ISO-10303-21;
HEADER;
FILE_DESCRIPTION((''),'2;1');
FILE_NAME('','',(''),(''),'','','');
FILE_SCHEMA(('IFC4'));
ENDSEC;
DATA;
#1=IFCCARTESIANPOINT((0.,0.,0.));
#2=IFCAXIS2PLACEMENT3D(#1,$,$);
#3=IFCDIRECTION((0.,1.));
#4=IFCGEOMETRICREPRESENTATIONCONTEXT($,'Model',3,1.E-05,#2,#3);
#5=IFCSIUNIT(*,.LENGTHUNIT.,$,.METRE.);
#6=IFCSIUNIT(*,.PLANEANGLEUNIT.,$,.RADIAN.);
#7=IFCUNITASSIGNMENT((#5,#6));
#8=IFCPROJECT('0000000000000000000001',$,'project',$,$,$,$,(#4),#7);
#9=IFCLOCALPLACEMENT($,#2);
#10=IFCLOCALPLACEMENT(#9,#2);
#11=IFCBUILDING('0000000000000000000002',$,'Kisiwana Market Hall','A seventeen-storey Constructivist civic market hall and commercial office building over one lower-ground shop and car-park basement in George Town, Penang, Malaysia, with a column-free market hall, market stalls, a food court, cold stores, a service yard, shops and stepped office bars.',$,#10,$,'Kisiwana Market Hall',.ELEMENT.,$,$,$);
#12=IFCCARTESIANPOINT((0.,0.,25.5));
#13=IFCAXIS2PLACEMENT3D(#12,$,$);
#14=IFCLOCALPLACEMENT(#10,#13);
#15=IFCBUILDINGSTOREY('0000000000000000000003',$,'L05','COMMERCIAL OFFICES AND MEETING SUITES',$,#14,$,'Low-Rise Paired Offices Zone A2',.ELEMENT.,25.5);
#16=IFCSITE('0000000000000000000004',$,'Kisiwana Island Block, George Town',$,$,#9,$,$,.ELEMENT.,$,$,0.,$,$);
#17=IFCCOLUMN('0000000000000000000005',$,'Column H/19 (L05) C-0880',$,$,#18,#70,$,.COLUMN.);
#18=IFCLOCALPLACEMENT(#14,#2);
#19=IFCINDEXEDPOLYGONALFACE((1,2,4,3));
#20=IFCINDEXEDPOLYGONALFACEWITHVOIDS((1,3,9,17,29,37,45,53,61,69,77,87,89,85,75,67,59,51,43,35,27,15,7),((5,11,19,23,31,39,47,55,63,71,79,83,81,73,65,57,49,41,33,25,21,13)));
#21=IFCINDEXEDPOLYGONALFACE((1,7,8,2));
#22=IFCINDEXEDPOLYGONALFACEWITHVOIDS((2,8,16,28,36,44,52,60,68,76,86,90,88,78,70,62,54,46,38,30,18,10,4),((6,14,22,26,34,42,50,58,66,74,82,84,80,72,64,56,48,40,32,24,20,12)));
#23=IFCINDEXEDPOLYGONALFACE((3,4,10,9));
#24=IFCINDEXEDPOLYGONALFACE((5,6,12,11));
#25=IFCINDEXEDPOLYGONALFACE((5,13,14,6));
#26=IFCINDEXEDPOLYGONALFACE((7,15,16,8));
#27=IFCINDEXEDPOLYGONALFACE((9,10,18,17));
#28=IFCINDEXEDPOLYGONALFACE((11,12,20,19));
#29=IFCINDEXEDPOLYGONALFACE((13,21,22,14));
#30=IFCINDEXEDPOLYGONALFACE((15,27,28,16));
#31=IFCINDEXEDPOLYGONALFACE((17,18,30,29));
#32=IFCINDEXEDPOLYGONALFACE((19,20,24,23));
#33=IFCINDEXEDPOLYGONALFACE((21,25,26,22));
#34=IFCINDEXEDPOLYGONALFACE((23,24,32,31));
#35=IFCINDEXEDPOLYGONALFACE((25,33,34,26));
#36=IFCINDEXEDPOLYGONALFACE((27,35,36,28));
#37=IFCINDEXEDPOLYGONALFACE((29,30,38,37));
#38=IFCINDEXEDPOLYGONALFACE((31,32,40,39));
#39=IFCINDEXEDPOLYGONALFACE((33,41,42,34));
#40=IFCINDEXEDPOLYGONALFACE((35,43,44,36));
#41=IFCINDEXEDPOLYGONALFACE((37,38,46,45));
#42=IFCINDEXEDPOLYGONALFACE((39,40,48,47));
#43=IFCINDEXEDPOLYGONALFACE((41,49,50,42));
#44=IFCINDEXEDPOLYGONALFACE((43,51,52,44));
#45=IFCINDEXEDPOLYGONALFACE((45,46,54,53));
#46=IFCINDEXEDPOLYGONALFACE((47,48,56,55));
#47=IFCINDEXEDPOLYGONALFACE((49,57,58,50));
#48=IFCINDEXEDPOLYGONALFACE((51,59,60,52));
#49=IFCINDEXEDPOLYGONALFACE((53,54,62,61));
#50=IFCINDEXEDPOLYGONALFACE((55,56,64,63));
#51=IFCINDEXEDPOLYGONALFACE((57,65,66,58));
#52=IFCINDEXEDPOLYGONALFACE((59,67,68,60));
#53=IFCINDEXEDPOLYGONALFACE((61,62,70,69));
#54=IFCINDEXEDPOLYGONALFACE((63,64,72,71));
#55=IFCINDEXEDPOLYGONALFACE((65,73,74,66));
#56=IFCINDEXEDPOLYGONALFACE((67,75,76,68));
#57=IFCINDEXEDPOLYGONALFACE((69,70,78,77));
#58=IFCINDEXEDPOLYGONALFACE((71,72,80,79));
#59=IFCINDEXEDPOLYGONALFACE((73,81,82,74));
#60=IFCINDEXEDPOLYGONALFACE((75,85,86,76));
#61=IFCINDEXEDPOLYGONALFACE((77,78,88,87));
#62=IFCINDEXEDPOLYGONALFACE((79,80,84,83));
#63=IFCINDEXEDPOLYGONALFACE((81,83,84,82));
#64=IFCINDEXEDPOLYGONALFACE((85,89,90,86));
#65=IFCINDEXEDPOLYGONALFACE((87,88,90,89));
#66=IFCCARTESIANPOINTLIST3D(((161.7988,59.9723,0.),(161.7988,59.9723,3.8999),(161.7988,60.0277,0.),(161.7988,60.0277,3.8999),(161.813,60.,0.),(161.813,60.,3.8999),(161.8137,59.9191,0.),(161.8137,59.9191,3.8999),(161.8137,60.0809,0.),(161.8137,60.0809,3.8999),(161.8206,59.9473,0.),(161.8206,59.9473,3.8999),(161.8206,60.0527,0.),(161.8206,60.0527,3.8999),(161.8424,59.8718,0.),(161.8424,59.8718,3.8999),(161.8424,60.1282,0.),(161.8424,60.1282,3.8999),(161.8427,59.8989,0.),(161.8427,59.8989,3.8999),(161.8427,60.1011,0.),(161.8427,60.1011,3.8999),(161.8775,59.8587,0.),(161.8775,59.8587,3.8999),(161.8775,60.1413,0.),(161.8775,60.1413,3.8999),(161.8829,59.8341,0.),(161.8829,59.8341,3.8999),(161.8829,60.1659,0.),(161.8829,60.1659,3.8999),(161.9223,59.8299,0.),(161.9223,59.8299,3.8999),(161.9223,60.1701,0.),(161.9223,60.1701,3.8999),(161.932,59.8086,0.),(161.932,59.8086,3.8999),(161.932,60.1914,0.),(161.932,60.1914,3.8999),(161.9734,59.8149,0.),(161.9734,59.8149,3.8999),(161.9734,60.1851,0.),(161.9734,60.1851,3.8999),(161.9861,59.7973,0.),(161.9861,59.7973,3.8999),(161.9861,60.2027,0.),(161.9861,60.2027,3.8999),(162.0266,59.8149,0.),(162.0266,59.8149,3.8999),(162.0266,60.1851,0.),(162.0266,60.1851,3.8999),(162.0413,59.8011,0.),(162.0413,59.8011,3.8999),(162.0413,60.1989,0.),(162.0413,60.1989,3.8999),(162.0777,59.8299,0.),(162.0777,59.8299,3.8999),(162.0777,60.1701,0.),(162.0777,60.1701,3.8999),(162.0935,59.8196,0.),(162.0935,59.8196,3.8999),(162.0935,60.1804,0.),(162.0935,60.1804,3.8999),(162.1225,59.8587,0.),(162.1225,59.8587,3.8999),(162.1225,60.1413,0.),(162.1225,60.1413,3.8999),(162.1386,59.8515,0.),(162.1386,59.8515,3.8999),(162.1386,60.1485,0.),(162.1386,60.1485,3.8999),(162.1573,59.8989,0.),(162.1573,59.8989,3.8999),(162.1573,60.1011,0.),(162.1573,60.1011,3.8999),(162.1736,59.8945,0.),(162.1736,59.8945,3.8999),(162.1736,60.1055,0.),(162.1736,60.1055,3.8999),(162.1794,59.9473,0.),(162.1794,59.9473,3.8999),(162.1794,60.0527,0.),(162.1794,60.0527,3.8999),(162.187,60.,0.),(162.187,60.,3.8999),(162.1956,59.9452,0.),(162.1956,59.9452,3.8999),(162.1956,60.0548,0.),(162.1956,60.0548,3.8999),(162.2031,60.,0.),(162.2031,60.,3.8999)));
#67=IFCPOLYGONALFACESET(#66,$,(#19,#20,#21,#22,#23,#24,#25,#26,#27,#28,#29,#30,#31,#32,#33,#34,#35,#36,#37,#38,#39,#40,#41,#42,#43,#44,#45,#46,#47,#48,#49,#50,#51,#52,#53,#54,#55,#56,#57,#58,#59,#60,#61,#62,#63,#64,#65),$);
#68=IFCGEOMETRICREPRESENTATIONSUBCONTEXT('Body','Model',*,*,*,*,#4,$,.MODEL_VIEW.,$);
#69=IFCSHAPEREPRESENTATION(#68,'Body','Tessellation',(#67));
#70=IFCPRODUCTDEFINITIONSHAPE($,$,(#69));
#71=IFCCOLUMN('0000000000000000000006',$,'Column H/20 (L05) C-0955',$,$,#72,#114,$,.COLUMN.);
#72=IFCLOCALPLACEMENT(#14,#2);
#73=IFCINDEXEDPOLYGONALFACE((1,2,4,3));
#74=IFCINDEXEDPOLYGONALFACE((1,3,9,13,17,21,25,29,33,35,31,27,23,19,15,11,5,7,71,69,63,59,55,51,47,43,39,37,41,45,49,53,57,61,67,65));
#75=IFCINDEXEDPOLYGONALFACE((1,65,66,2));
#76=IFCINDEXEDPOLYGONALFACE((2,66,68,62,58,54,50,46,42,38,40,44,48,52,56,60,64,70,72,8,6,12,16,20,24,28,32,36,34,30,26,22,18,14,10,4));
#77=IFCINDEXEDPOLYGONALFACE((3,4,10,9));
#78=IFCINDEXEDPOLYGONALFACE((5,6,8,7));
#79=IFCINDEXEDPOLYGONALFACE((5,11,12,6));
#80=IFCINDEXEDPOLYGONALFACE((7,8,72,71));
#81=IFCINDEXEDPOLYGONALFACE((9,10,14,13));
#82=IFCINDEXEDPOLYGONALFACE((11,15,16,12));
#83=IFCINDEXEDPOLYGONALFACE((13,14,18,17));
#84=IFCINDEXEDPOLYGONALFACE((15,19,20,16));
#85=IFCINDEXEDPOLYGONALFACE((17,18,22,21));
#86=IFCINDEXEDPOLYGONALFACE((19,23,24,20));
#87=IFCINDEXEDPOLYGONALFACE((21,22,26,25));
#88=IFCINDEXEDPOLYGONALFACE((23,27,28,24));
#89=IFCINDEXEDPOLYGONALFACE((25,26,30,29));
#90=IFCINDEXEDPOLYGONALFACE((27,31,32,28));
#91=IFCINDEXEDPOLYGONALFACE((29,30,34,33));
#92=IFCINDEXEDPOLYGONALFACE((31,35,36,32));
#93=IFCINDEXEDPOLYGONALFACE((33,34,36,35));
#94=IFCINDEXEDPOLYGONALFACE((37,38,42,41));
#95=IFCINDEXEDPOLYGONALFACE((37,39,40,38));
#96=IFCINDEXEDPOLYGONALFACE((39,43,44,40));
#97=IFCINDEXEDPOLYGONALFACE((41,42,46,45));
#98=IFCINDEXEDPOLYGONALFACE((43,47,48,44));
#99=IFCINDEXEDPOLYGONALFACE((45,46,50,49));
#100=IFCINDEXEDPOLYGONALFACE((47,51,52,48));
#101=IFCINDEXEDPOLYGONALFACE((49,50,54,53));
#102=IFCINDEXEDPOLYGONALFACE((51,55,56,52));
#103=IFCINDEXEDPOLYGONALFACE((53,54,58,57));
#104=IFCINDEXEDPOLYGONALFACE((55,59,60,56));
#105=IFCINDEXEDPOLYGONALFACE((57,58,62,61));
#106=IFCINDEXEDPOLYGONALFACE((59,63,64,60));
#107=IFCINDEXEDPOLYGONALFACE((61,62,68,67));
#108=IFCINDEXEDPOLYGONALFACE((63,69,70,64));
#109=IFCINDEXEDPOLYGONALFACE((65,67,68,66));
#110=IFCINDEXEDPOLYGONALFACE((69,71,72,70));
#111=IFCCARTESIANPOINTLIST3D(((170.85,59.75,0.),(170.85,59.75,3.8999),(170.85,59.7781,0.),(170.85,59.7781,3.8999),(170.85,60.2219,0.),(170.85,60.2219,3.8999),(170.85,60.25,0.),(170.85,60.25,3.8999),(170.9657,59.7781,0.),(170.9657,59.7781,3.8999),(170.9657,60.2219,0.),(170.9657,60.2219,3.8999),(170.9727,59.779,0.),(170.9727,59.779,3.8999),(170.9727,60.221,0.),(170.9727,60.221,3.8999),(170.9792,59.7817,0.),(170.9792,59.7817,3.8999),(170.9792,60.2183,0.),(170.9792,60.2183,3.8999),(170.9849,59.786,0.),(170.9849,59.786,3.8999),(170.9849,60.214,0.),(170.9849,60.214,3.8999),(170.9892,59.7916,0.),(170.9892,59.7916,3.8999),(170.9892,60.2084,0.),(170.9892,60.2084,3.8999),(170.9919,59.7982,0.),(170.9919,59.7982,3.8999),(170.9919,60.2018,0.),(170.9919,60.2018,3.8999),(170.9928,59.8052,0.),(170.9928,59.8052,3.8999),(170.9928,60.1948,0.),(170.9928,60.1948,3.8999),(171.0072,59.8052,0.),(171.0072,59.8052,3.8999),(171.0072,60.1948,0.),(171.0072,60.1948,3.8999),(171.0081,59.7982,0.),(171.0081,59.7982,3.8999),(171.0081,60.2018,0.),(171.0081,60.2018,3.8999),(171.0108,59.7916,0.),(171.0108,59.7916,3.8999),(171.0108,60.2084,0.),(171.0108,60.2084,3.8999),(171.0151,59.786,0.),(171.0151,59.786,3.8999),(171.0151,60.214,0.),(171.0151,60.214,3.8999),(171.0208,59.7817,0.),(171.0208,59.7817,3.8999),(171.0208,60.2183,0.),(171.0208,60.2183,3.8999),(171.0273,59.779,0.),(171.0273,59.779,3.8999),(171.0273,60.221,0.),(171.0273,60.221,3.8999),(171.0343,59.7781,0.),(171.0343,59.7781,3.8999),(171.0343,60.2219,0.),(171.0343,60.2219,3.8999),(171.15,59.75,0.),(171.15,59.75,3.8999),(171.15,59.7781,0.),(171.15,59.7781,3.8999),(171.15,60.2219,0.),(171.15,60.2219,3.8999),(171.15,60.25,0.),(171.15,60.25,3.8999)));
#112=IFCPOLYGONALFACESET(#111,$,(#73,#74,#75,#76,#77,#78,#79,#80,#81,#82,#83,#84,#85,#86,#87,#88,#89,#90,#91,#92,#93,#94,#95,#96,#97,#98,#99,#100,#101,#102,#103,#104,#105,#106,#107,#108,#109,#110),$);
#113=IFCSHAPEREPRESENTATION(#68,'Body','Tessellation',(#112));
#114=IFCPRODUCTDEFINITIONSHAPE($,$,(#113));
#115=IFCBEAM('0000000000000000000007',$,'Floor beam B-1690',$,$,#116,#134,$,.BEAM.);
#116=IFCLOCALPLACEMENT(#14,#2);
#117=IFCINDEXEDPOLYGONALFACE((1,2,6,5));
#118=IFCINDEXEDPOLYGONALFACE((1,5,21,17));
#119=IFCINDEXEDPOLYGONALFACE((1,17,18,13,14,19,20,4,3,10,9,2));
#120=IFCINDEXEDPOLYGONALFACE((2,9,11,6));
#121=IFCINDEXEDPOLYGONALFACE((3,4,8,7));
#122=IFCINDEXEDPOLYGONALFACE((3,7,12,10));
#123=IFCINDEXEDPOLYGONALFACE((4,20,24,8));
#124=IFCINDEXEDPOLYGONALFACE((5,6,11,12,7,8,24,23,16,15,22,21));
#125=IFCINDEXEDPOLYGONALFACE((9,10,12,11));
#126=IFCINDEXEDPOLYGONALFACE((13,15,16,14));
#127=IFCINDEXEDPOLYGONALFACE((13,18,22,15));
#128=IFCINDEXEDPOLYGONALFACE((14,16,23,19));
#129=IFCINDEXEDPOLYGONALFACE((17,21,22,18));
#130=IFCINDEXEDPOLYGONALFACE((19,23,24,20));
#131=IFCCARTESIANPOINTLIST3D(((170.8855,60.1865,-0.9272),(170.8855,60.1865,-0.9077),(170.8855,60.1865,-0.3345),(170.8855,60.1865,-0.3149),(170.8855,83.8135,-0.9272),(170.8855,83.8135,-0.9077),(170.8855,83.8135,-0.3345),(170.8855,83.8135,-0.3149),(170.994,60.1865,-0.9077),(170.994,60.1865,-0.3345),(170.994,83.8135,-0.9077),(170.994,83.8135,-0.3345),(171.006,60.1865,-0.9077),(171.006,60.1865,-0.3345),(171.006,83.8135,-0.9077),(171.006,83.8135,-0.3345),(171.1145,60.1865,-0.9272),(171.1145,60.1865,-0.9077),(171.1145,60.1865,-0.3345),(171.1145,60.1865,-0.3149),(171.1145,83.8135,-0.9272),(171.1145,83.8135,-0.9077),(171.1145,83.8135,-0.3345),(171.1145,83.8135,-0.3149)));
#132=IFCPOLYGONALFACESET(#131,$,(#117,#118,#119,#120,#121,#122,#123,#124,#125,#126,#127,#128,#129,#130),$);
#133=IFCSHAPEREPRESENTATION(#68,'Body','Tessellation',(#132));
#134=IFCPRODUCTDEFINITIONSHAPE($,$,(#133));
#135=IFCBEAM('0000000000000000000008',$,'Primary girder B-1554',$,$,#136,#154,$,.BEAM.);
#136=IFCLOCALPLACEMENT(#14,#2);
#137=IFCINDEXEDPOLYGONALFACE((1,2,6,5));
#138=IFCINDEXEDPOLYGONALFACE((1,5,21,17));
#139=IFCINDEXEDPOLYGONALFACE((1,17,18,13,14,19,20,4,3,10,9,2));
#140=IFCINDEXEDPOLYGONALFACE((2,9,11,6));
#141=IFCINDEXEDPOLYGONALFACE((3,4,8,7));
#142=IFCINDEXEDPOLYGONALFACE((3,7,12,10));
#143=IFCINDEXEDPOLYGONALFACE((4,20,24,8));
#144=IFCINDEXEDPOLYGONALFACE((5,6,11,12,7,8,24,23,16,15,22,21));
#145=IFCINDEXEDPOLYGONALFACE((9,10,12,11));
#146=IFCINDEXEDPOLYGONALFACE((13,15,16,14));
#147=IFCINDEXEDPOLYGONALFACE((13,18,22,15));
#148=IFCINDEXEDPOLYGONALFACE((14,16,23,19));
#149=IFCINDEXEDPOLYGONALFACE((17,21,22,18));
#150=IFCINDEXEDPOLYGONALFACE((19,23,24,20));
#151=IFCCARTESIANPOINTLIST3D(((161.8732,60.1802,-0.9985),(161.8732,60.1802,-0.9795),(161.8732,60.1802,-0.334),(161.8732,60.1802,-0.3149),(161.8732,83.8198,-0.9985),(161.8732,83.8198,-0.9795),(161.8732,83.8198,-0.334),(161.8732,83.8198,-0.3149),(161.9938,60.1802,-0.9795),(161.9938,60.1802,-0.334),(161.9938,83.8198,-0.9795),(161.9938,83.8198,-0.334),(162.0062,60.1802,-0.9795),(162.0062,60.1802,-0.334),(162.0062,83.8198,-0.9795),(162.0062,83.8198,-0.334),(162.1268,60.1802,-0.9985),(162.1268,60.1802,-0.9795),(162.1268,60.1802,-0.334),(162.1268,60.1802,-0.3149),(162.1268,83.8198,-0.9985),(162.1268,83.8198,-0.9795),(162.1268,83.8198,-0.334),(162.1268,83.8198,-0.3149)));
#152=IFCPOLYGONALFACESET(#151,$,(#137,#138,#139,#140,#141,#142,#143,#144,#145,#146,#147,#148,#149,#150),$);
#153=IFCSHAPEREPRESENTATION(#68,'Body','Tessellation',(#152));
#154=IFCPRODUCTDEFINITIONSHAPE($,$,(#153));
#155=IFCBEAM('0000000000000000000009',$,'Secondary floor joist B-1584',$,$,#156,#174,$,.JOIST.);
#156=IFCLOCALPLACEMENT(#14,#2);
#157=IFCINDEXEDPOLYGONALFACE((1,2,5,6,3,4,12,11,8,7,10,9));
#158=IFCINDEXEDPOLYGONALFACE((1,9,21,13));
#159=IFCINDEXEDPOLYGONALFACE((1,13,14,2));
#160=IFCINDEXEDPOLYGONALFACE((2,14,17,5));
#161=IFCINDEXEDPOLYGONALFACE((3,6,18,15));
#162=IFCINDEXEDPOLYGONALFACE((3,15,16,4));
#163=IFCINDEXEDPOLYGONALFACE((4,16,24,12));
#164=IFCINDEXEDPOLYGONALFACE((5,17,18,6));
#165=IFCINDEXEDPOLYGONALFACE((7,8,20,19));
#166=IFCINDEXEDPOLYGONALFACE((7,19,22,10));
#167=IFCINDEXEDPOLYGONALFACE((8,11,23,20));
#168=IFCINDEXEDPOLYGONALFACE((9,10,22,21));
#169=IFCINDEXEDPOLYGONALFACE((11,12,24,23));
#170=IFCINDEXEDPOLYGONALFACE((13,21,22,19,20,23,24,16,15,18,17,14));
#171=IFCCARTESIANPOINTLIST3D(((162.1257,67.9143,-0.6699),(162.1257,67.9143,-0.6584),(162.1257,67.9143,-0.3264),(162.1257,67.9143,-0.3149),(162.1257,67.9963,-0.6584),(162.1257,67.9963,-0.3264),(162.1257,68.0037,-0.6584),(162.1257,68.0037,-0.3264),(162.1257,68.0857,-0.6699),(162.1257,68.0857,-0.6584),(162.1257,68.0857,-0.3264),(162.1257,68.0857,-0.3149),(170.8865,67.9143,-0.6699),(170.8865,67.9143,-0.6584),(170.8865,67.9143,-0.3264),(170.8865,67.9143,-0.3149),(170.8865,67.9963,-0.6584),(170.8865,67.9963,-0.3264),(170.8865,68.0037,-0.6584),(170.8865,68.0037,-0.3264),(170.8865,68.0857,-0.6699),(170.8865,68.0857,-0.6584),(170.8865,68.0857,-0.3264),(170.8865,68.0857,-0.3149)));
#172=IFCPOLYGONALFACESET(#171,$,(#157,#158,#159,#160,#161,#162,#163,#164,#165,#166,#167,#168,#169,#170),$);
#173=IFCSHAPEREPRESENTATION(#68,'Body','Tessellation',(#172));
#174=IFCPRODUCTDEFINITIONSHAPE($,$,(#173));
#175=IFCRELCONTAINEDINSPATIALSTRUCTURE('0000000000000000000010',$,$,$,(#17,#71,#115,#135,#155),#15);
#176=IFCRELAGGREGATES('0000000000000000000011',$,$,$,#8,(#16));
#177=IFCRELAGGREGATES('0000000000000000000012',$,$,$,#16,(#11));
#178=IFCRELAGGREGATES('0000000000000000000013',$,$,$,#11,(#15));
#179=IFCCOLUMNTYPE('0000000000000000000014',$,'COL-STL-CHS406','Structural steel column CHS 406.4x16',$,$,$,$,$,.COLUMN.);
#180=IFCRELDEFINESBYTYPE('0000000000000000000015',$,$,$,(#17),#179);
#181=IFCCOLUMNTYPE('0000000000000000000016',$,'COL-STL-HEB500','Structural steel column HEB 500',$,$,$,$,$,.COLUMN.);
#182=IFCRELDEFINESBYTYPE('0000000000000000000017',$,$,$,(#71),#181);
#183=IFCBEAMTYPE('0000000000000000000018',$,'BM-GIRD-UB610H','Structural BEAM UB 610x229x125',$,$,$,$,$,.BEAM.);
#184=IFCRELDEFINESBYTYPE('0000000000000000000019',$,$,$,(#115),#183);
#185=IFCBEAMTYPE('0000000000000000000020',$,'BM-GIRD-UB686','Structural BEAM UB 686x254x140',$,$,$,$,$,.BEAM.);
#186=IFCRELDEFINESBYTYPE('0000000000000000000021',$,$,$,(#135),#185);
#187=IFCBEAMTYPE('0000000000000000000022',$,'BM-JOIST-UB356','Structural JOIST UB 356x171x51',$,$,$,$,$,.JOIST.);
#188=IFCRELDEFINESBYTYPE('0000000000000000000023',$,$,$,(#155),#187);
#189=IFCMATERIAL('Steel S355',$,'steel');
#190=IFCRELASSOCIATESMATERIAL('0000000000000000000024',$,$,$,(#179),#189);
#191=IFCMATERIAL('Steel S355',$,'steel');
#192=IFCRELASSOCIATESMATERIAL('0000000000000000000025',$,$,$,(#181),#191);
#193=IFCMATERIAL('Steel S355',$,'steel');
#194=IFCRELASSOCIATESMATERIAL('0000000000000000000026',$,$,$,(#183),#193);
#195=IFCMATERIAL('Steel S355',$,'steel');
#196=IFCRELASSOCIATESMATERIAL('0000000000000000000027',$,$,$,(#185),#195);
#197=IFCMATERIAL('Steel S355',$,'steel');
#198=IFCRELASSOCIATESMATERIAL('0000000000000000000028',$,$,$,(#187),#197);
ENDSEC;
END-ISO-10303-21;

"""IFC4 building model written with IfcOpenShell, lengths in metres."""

from ifc_helpers import new_model, si_unit, direction, frame, origin, origin_2d, place, context, subcontext, project, spatial, hollow_circle, i_section, extrude, material, material_profile, profile_set, type_object, element, save


model = new_model("IFC4")

# Units and contexts
model_context = context("Model", 3, precision=1e-05, world=origin(), true_north=direction((0.0, 1.0)))
body_context = subcontext(model_context, "Body", "Model", "MODEL_VIEW")
ifc_project = project(units=[si_unit("LENGTHUNIT", "METRE"), si_unit("PLANEANGLEUNIT", "RADIAN")], contexts=[model_context])

# Site, building, storey
site_placement = place(None, origin())
site = spatial("IfcSite", under=ifc_project, at=site_placement, Name="Kisiwana Island Block, George Town", CompositionType="ELEMENT", RefElevation=0.0)
building_placement = place(site_placement, origin())
building = spatial("IfcBuilding", under=site, at=building_placement, Name="Kisiwana Market Hall", Description="A seventeen-storey Constructivist civic market hall and commercial office building over one lower-ground shop and car-park basement in George Town, Penang, Malaysia, with a column-free market hall, market stalls, a food court, cold stores, a service yard, shops and stepped office bars.", LongName="Kisiwana Market Hall", CompositionType="ELEMENT")
storey_placement = place(building_placement, frame((0.0, 0.0, 25.5)))
storey = spatial("IfcBuildingStorey", under=building, at=storey_placement, Name="L05", Description="COMMERCIAL OFFICES AND MEETING SUITES", LongName="Low-Rise Paired Offices Zone A2", CompositionType="ELEMENT", Elevation=25.5)

# Columns
ifc_material_1 = material(Name="Steel S355", Category="steel")
ifc_material_profile_1 = material_profile(ifc_material_1, hollow_circle(Radius=0.2031, WallThickness=0.0161, at=origin_2d()), Name="CHS 406.4x16")
ifc_profile_set_1 = profile_set([ifc_material_profile_1], Name="Steel S355")
column_type_1 = type_object("IfcColumnType", Name="COL-STL-CHS406", Description="Structural steel column CHS 406.4x16", PredefinedType="COLUMN", material=ifc_profile_set_1)
column_1_placement = place(storey_placement, frame((162.0, 60.0, 0.0), z_axis=(0.0, 0.0, 1.0), x_axis=(1.0, 0.0, 0.0)))
element("IfcColumn", 1, at=column_1_placement, inside=storey, type_object=column_type_1, Name="Column H/19 (L05) C-0880", PredefinedType="COLUMN", context=body_context, shape_type="SweptSolid", body=[
    extrude(hollow_circle(Radius=0.2031, WallThickness=0.0161, at=origin_2d()), origin(), (0.0, 0.0, 1.0), 3.8999),
])
ifc_material_2 = material(Name="Steel S355", Category="steel")
ifc_material_profile_2 = material_profile(ifc_material_2, i_section(OverallWidth=0.3, OverallDepth=0.5, WebThickness=0.0144, FlangeThickness=0.0281, FilletRadius=0.0271, at=origin_2d()), Name="HEB 500")
ifc_profile_set_2 = profile_set([ifc_material_profile_2], Name="Steel S355")
column_type_2 = type_object("IfcColumnType", Name="COL-STL-HEB500", Description="Structural steel column HEB 500", PredefinedType="COLUMN", material=ifc_profile_set_2)
column_2_placement = place(storey_placement, frame((171.0, 60.0, 0.0), z_axis=(0.0, 0.0, 1.0), x_axis=(1.0, 0.0, 0.0)))
element("IfcColumn", 2, at=column_2_placement, inside=storey, type_object=column_type_2, Name="Column H/20 (L05) C-0955", PredefinedType="COLUMN", context=body_context, shape_type="SweptSolid", body=[
    extrude(i_section(OverallWidth=0.3, OverallDepth=0.5, WebThickness=0.0144, FlangeThickness=0.0281, FilletRadius=0.0271, at=origin_2d()), origin(), (0.0, 0.0, 1.0), 3.8999),
])

# Beams
ifc_material_3 = material(Name="Steel S355", Category="steel")
ifc_material_profile_3 = material_profile(ifc_material_3, i_section(OverallWidth=0.229, OverallDepth=0.6123, WebThickness=0.012, FlangeThickness=0.0195, at=origin_2d()), Name="UB 610x229x125")
ifc_profile_set_3 = profile_set([ifc_material_profile_3], Name="Steel S355")
beam_type_1 = type_object("IfcBeamType", Name="BM-GIRD-UB610H", Description="Structural BEAM UB 610x229x125", PredefinedType="BEAM", material=ifc_profile_set_3)
beam_1_placement = place(storey_placement, frame((171.0, 60.1865, -0.6211), z_axis=(0.0, 1.0, 0.0), x_axis=(-1.0, 0.0, 0.0)))
element("IfcBeam", 3, at=beam_1_placement, inside=storey, type_object=beam_type_1, Name="Floor beam B-1690", PredefinedType="BEAM", context=body_context, shape_type="SweptSolid", body=[
    extrude(i_section(OverallWidth=0.229, OverallDepth=0.6123, WebThickness=0.012, FlangeThickness=0.0195, at=origin_2d()), origin(), (0.0, 0.0, 1.0), 23.627),
])
ifc_material_4 = material(Name="Steel S355", Category="steel")
ifc_material_profile_4 = material_profile(ifc_material_4, i_section(OverallWidth=0.2537, OverallDepth=0.6836, WebThickness=0.0125, FlangeThickness=0.019, at=origin_2d()), Name="UB 686x254x140")
ifc_profile_set_4 = profile_set([ifc_material_profile_4], Name="Steel S355")
beam_type_2 = type_object("IfcBeamType", Name="BM-GIRD-UB686", Description="Structural BEAM UB 686x254x140", PredefinedType="BEAM", material=ifc_profile_set_4)
beam_2_placement = place(storey_placement, frame((162.0, 60.1802, -0.6567), z_axis=(0.0, 1.0, 0.0), x_axis=(-1.0, 0.0, 0.0)))
element("IfcBeam", 4, at=beam_2_placement, inside=storey, type_object=beam_type_2, Name="Primary girder B-1554", PredefinedType="BEAM", context=body_context, shape_type="SweptSolid", body=[
    extrude(i_section(OverallWidth=0.2537, OverallDepth=0.6836, WebThickness=0.0125, FlangeThickness=0.019, at=origin_2d()), origin(), (0.0, 0.0, 1.0), 23.6396),
])
ifc_material_5 = material(Name="Steel S355", Category="steel")
ifc_material_profile_5 = material_profile(ifc_material_5, i_section(OverallWidth=0.1714, OverallDepth=0.355, WebThickness=0.0073, FlangeThickness=0.0115, at=origin_2d()), Name="UB 356x171x51")
ifc_profile_set_5 = profile_set([ifc_material_profile_5], Name="Steel S355")
beam_type_3 = type_object("IfcBeamType", Name="BM-JOIST-UB356", Description="Structural JOIST UB 356x171x51", PredefinedType="JOIST", material=ifc_profile_set_5)
for number, where, z_axis, x_axis, name in (
    (5, (162.1257, 68.0, -0.4924), (1.0, 0.0, 0.0), (0.0, 1.0, 0.0), "Secondary floor joist B-1584"),
):
    element("IfcBeam", number, at=place(storey_placement, frame(where, z_axis=z_axis, x_axis=x_axis)), inside=storey, type_object=beam_type_3, Name=name, PredefinedType="JOIST", context=body_context, shape_type="SweptSolid", body=[
        extrude(i_section(OverallWidth=0.1714, OverallDepth=0.355, WebThickness=0.0073, FlangeThickness=0.0115, at=origin_2d()), origin(), (0.0, 0.0, 1.0), 8.7607),
    ])

save(model, "model.ifc")
